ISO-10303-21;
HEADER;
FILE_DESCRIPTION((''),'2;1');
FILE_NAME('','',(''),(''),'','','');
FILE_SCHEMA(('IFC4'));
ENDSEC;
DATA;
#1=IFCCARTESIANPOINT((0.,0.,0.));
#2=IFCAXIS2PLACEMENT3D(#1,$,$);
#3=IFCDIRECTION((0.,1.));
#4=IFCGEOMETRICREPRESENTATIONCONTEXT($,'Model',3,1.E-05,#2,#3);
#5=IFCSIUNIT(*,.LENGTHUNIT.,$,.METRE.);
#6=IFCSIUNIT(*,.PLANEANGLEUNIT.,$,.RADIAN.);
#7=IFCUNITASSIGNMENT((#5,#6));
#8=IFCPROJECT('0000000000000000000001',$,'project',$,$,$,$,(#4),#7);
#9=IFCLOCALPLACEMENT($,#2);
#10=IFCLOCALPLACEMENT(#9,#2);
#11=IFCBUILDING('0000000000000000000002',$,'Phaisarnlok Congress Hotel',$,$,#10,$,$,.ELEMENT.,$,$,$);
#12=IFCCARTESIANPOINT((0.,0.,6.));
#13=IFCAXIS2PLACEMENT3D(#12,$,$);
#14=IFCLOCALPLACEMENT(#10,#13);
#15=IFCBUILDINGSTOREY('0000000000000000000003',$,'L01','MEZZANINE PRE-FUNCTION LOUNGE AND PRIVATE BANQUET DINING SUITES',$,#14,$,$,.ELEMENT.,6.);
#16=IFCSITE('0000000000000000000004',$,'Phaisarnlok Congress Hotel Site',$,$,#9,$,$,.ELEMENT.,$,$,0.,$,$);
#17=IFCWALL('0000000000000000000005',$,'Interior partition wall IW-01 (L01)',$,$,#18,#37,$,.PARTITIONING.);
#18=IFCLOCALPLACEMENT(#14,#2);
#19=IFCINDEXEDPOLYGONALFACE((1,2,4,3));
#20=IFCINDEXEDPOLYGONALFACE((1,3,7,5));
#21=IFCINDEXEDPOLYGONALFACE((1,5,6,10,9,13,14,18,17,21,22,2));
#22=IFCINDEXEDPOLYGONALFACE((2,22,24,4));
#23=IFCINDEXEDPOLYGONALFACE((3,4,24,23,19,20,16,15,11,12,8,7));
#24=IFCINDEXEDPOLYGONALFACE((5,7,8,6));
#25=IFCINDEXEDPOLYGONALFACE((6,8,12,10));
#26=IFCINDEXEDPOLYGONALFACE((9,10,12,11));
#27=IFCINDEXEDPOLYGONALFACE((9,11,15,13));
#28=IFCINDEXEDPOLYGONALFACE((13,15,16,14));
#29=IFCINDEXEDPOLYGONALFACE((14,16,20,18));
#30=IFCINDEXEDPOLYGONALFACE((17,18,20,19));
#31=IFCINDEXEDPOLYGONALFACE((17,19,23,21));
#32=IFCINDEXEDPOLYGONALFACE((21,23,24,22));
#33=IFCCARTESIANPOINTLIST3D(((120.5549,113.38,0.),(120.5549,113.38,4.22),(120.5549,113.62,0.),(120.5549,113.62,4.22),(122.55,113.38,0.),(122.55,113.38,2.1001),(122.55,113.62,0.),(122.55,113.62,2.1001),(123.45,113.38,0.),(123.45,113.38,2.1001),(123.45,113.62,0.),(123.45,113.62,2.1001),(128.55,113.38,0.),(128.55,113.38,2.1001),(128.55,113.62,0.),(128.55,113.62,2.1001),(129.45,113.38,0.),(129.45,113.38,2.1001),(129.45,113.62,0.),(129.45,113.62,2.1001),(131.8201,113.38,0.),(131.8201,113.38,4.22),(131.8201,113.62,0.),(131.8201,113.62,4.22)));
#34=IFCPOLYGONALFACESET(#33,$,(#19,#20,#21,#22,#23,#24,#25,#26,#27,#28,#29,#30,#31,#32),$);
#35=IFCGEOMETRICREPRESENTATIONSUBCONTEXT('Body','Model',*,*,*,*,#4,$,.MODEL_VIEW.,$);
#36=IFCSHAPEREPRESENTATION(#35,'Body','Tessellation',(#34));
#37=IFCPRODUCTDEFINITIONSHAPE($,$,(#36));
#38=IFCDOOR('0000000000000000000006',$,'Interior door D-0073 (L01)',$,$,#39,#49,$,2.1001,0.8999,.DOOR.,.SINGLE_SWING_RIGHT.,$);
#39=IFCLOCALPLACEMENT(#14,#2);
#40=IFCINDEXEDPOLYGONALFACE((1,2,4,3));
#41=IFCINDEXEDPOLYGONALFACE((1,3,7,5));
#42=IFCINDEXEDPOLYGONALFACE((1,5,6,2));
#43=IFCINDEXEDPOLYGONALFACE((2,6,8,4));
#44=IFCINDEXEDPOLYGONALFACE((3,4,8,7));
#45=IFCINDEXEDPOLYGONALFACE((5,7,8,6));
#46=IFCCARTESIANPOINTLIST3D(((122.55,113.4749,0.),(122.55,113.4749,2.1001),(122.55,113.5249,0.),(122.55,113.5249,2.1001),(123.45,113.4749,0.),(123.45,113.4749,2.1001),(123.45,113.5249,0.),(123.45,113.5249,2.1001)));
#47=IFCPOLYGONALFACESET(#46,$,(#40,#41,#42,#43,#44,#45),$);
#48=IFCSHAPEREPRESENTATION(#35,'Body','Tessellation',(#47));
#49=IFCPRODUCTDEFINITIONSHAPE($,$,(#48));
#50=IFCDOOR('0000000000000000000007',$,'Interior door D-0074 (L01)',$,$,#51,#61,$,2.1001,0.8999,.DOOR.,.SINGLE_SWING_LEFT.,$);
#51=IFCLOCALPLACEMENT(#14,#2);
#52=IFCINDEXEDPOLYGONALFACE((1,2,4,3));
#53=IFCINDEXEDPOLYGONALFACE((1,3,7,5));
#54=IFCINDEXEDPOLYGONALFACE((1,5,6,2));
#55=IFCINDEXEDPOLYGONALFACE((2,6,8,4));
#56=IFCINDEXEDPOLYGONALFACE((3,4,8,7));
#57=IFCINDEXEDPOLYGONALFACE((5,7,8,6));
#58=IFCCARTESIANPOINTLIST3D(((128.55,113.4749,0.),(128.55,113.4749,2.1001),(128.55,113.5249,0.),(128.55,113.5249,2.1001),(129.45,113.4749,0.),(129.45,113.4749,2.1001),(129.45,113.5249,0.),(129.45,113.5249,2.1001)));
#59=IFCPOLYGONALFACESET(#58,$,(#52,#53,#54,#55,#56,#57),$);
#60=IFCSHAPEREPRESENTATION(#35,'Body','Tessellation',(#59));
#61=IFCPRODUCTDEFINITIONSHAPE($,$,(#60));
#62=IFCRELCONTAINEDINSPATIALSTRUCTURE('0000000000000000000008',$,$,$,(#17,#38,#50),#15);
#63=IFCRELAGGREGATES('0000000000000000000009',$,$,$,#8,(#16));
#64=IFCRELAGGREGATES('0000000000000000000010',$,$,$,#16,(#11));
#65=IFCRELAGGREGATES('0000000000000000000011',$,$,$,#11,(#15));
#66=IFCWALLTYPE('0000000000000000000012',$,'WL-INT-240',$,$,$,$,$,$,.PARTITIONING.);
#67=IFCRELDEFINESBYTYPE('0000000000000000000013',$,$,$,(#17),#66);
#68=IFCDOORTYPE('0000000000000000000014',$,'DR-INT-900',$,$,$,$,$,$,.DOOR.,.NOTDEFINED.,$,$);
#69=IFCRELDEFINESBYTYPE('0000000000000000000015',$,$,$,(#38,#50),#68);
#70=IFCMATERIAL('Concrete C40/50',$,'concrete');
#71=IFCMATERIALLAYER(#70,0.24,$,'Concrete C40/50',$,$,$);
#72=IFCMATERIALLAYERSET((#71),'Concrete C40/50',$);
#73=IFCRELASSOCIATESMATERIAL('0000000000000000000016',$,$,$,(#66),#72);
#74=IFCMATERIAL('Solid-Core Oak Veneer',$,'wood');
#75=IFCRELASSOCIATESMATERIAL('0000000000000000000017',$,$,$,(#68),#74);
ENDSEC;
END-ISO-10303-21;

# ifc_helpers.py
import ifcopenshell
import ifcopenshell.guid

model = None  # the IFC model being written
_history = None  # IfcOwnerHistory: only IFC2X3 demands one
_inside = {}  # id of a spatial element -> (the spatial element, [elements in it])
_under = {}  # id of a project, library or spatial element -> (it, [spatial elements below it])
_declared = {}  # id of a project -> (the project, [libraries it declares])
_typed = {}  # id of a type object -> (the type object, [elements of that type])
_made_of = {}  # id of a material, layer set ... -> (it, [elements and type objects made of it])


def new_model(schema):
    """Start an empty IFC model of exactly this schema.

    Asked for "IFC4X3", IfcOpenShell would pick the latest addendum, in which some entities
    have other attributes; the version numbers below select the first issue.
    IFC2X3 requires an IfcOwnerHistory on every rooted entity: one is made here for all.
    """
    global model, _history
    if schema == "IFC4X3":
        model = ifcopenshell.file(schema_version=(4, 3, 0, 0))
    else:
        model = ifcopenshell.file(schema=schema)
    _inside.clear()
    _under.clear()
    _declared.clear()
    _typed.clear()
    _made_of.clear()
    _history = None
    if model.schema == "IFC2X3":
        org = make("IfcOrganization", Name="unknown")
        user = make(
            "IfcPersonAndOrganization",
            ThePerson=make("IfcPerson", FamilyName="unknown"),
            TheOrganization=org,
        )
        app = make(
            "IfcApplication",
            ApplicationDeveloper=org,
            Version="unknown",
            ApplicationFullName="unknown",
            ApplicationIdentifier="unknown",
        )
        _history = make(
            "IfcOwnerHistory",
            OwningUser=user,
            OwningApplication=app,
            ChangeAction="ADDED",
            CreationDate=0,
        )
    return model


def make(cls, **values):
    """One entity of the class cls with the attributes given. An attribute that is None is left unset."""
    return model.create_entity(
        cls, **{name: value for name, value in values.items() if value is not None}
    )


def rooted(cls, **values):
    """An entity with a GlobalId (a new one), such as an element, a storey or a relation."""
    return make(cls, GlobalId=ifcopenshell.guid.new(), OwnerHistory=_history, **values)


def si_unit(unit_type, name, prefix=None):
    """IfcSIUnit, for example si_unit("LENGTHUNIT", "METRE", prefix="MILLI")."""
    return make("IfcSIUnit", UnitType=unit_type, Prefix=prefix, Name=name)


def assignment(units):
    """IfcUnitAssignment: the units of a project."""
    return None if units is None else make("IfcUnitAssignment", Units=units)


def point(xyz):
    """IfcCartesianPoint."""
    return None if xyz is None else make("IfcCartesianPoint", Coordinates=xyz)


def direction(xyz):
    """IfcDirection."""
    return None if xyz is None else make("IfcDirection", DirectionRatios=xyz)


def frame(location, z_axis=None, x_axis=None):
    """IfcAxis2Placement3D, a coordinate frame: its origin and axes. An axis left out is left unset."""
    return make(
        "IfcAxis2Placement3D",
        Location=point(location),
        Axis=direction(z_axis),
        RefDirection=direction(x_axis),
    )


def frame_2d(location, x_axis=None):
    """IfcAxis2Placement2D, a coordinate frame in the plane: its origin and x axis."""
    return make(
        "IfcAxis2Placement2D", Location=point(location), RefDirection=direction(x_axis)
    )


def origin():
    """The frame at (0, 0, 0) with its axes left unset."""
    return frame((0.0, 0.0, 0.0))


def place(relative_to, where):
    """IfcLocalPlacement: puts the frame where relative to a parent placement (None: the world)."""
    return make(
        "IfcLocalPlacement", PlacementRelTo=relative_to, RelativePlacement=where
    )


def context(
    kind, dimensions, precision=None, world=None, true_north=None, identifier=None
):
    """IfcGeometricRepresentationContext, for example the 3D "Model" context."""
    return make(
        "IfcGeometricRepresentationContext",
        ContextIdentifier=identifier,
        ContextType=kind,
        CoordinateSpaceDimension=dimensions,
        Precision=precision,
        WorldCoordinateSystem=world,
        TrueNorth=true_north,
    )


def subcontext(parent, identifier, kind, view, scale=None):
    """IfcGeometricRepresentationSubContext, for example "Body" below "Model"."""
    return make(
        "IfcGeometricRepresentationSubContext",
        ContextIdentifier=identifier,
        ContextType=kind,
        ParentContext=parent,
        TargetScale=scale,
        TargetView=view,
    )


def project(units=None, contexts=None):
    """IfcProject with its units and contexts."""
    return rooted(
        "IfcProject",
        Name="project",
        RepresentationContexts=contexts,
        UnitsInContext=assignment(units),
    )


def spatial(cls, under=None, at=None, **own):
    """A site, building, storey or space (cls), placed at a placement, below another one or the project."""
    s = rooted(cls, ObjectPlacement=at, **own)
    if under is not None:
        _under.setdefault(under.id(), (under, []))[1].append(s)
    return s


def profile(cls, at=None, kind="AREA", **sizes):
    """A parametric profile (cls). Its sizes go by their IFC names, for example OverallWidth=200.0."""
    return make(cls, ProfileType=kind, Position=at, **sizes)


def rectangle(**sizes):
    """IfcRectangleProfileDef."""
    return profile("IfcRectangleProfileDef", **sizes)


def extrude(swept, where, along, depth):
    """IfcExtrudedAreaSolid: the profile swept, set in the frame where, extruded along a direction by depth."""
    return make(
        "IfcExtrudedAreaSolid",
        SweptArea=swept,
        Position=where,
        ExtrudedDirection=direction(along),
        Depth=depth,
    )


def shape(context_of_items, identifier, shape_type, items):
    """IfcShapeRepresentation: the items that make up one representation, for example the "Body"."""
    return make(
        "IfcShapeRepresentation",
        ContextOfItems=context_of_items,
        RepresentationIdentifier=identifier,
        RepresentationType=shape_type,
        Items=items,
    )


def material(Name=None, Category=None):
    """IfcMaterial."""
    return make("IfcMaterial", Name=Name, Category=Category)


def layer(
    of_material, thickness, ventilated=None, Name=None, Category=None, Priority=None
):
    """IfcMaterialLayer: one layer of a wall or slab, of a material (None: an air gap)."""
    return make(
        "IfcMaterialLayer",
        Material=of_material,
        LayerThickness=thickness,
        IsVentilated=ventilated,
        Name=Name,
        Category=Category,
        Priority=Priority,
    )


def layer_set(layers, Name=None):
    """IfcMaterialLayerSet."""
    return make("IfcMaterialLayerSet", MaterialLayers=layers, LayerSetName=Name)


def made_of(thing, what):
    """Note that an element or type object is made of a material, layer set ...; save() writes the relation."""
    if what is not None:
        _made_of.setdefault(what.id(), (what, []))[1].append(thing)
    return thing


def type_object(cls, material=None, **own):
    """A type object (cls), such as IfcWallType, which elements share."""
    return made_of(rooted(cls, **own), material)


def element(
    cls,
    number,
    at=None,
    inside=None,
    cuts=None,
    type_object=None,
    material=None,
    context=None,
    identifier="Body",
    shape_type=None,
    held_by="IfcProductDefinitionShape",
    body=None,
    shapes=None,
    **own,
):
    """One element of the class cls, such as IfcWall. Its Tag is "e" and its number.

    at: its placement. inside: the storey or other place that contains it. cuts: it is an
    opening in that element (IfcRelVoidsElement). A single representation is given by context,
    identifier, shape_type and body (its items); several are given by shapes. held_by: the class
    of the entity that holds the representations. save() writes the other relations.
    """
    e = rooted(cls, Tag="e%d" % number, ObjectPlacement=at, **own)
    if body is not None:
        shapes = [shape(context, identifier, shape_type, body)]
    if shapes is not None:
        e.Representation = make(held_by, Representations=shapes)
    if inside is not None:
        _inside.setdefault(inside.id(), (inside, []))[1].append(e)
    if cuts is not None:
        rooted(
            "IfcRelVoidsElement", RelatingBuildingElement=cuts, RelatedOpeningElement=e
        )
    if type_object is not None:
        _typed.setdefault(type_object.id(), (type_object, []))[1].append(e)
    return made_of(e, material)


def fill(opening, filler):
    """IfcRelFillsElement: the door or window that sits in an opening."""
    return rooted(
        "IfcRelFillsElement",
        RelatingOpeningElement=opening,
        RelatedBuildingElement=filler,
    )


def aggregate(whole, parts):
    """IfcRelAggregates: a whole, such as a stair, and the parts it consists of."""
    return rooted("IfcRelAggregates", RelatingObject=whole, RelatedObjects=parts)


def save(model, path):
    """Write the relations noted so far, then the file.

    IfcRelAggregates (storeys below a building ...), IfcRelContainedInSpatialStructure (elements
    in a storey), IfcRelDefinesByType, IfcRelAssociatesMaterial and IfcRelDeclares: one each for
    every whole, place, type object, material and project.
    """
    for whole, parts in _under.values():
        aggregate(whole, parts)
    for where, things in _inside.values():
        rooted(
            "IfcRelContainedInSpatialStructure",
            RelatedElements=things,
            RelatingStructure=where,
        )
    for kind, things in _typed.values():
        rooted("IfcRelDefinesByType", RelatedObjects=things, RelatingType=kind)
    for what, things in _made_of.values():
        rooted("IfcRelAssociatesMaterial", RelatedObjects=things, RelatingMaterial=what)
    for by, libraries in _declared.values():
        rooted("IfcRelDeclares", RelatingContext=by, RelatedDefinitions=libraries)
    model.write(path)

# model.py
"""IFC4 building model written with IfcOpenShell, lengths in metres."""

from ifc_helpers import new_model, si_unit, direction, frame, frame_2d, origin, place, context, subcontext, project, spatial, rectangle, extrude, material, layer, layer_set, type_object, element, fill, save


model = new_model("IFC4")

# Units and contexts
model_context = context("Model", 3, precision=1e-05, world=origin(), true_north=direction((0.0, 1.0)))
body_context = subcontext(model_context, "Body", "Model", "MODEL_VIEW")
ifc_project = project(units=[si_unit("LENGTHUNIT", "METRE"), si_unit("PLANEANGLEUNIT", "RADIAN")], contexts=[model_context])

# Site, building, storey
site_placement = place(None, origin())
site = spatial("IfcSite", under=ifc_project, at=site_placement, Name="Phaisarnlok Congress Hotel Site", CompositionType="ELEMENT", RefElevation=0.0)
building_placement = place(site_placement, origin())
building = spatial("IfcBuilding", under=site, at=building_placement, Name="Phaisarnlok Congress Hotel", CompositionType="ELEMENT")
storey_placement = place(building_placement, frame((0.0, 0.0, 6.0)))
storey = spatial("IfcBuildingStorey", under=building, at=storey_placement, Name="L01", Description="MEZZANINE PRE-FUNCTION LOUNGE AND PRIVATE BANQUET DINING SUITES", CompositionType="ELEMENT", Elevation=6.0)

# Shared definitions
ifc_material_1 = material(Name="Concrete C40/50", Category="concrete")

# Wall, openings, doors
ifc_layer_1 = layer(ifc_material_1, 0.24, Name="Concrete C40/50")
ifc_layer_set_1 = layer_set([ifc_layer_1], Name="Concrete C40/50")
wall_type_1 = type_object("IfcWallType", Name="WL-INT-240", PredefinedType="PARTITIONING", material=ifc_layer_set_1)
wall_1_placement = place(storey_placement, frame((120.5549, 113.5, 0.0), z_axis=(0.0, 0.0, 1.0), x_axis=(1.0, 0.0, 0.0)))
wall_1 = element("IfcWall", 1, at=wall_1_placement, inside=storey, type_object=wall_type_1, Name="Interior partition wall IW-01 (L01)", PredefinedType="PARTITIONING", context=body_context, shape_type="SweptSolid", body=[
    extrude(rectangle(XDim=11.2651, YDim=0.24, at=frame_2d((5.6326, 0.0))), origin(), (0.0, 0.0, 1.0), 4.22),
])
opening_1_placement = place(wall_1_placement, frame((1.9951, 0.0, 0.0)))
opening_1 = element("IfcOpeningElement", 2, at=opening_1_placement, cuts=wall_1, PredefinedType="OPENING", context=body_context, shape_type="SweptSolid", body=[
    extrude(rectangle(XDim=0.8999, YDim=2.1001, at=frame_2d((0.45, 1.05))), frame((0.0, 0.1299, 0.0), z_axis=(0.0, -1.0, 0.0), x_axis=(1.0, 0.0, 0.0)), (0.0, 0.0, 1.0), 0.26),
])
opening_2_placement = place(wall_1_placement, frame((7.9951, 0.0, 0.0)))
opening_2 = element("IfcOpeningElement", 3, at=opening_2_placement, cuts=wall_1, PredefinedType="OPENING", context=body_context, shape_type="SweptSolid", body=[
    extrude(rectangle(XDim=0.8999, YDim=2.1001, at=frame_2d((0.45, 1.05))), frame((0.0, 0.1299, 0.0), z_axis=(0.0, -1.0, 0.0), x_axis=(1.0, 0.0, 0.0)), (0.0, 0.0, 1.0), 0.26),
])
ifc_material_2 = material(Name="Solid-Core Oak Veneer", Category="wood")
door_type = type_object("IfcDoorType", Name="DR-INT-900", OperationType="NOTDEFINED", PredefinedType="DOOR", material=ifc_material_2)
door_1_placement = place(opening_1_placement, origin())
door_1 = element("IfcDoor", 4, at=door_1_placement, inside=storey, type_object=door_type, Name="Interior door D-0073 (L01)", OperationType="SINGLE_SWING_RIGHT", OverallHeight=2.1001, OverallWidth=0.8999, PredefinedType="DOOR", context=body_context, shape_type="SweptSolid", body=[
    extrude(rectangle(XDim=0.8999, YDim=2.1001, at=frame_2d((0.45, 1.05))), frame((0.0, 0.0249, 0.0), z_axis=(0.0, -1.0, 0.0), x_axis=(1.0, 0.0, 0.0)), (0.0, 0.0, 1.0), 0.05),
])
fill(opening_1, door_1)
door_2_placement = place(opening_2_placement, origin())
door_2 = element("IfcDoor", 5, at=door_2_placement, inside=storey, type_object=door_type, Name="Interior door D-0074 (L01)", OperationType="SINGLE_SWING_LEFT", OverallHeight=2.1001, OverallWidth=0.8999, PredefinedType="DOOR", context=body_context, shape_type="SweptSolid", body=[
    extrude(rectangle(XDim=0.8999, YDim=2.1001, at=frame_2d((0.45, 1.05))), frame((0.0, 0.0249, 0.0), z_axis=(0.0, -1.0, 0.0), x_axis=(1.0, 0.0, 0.0)), (0.0, 0.0, 1.0), 0.05),
])
fill(opening_2, door_2)

save(model, "model.ifc")
